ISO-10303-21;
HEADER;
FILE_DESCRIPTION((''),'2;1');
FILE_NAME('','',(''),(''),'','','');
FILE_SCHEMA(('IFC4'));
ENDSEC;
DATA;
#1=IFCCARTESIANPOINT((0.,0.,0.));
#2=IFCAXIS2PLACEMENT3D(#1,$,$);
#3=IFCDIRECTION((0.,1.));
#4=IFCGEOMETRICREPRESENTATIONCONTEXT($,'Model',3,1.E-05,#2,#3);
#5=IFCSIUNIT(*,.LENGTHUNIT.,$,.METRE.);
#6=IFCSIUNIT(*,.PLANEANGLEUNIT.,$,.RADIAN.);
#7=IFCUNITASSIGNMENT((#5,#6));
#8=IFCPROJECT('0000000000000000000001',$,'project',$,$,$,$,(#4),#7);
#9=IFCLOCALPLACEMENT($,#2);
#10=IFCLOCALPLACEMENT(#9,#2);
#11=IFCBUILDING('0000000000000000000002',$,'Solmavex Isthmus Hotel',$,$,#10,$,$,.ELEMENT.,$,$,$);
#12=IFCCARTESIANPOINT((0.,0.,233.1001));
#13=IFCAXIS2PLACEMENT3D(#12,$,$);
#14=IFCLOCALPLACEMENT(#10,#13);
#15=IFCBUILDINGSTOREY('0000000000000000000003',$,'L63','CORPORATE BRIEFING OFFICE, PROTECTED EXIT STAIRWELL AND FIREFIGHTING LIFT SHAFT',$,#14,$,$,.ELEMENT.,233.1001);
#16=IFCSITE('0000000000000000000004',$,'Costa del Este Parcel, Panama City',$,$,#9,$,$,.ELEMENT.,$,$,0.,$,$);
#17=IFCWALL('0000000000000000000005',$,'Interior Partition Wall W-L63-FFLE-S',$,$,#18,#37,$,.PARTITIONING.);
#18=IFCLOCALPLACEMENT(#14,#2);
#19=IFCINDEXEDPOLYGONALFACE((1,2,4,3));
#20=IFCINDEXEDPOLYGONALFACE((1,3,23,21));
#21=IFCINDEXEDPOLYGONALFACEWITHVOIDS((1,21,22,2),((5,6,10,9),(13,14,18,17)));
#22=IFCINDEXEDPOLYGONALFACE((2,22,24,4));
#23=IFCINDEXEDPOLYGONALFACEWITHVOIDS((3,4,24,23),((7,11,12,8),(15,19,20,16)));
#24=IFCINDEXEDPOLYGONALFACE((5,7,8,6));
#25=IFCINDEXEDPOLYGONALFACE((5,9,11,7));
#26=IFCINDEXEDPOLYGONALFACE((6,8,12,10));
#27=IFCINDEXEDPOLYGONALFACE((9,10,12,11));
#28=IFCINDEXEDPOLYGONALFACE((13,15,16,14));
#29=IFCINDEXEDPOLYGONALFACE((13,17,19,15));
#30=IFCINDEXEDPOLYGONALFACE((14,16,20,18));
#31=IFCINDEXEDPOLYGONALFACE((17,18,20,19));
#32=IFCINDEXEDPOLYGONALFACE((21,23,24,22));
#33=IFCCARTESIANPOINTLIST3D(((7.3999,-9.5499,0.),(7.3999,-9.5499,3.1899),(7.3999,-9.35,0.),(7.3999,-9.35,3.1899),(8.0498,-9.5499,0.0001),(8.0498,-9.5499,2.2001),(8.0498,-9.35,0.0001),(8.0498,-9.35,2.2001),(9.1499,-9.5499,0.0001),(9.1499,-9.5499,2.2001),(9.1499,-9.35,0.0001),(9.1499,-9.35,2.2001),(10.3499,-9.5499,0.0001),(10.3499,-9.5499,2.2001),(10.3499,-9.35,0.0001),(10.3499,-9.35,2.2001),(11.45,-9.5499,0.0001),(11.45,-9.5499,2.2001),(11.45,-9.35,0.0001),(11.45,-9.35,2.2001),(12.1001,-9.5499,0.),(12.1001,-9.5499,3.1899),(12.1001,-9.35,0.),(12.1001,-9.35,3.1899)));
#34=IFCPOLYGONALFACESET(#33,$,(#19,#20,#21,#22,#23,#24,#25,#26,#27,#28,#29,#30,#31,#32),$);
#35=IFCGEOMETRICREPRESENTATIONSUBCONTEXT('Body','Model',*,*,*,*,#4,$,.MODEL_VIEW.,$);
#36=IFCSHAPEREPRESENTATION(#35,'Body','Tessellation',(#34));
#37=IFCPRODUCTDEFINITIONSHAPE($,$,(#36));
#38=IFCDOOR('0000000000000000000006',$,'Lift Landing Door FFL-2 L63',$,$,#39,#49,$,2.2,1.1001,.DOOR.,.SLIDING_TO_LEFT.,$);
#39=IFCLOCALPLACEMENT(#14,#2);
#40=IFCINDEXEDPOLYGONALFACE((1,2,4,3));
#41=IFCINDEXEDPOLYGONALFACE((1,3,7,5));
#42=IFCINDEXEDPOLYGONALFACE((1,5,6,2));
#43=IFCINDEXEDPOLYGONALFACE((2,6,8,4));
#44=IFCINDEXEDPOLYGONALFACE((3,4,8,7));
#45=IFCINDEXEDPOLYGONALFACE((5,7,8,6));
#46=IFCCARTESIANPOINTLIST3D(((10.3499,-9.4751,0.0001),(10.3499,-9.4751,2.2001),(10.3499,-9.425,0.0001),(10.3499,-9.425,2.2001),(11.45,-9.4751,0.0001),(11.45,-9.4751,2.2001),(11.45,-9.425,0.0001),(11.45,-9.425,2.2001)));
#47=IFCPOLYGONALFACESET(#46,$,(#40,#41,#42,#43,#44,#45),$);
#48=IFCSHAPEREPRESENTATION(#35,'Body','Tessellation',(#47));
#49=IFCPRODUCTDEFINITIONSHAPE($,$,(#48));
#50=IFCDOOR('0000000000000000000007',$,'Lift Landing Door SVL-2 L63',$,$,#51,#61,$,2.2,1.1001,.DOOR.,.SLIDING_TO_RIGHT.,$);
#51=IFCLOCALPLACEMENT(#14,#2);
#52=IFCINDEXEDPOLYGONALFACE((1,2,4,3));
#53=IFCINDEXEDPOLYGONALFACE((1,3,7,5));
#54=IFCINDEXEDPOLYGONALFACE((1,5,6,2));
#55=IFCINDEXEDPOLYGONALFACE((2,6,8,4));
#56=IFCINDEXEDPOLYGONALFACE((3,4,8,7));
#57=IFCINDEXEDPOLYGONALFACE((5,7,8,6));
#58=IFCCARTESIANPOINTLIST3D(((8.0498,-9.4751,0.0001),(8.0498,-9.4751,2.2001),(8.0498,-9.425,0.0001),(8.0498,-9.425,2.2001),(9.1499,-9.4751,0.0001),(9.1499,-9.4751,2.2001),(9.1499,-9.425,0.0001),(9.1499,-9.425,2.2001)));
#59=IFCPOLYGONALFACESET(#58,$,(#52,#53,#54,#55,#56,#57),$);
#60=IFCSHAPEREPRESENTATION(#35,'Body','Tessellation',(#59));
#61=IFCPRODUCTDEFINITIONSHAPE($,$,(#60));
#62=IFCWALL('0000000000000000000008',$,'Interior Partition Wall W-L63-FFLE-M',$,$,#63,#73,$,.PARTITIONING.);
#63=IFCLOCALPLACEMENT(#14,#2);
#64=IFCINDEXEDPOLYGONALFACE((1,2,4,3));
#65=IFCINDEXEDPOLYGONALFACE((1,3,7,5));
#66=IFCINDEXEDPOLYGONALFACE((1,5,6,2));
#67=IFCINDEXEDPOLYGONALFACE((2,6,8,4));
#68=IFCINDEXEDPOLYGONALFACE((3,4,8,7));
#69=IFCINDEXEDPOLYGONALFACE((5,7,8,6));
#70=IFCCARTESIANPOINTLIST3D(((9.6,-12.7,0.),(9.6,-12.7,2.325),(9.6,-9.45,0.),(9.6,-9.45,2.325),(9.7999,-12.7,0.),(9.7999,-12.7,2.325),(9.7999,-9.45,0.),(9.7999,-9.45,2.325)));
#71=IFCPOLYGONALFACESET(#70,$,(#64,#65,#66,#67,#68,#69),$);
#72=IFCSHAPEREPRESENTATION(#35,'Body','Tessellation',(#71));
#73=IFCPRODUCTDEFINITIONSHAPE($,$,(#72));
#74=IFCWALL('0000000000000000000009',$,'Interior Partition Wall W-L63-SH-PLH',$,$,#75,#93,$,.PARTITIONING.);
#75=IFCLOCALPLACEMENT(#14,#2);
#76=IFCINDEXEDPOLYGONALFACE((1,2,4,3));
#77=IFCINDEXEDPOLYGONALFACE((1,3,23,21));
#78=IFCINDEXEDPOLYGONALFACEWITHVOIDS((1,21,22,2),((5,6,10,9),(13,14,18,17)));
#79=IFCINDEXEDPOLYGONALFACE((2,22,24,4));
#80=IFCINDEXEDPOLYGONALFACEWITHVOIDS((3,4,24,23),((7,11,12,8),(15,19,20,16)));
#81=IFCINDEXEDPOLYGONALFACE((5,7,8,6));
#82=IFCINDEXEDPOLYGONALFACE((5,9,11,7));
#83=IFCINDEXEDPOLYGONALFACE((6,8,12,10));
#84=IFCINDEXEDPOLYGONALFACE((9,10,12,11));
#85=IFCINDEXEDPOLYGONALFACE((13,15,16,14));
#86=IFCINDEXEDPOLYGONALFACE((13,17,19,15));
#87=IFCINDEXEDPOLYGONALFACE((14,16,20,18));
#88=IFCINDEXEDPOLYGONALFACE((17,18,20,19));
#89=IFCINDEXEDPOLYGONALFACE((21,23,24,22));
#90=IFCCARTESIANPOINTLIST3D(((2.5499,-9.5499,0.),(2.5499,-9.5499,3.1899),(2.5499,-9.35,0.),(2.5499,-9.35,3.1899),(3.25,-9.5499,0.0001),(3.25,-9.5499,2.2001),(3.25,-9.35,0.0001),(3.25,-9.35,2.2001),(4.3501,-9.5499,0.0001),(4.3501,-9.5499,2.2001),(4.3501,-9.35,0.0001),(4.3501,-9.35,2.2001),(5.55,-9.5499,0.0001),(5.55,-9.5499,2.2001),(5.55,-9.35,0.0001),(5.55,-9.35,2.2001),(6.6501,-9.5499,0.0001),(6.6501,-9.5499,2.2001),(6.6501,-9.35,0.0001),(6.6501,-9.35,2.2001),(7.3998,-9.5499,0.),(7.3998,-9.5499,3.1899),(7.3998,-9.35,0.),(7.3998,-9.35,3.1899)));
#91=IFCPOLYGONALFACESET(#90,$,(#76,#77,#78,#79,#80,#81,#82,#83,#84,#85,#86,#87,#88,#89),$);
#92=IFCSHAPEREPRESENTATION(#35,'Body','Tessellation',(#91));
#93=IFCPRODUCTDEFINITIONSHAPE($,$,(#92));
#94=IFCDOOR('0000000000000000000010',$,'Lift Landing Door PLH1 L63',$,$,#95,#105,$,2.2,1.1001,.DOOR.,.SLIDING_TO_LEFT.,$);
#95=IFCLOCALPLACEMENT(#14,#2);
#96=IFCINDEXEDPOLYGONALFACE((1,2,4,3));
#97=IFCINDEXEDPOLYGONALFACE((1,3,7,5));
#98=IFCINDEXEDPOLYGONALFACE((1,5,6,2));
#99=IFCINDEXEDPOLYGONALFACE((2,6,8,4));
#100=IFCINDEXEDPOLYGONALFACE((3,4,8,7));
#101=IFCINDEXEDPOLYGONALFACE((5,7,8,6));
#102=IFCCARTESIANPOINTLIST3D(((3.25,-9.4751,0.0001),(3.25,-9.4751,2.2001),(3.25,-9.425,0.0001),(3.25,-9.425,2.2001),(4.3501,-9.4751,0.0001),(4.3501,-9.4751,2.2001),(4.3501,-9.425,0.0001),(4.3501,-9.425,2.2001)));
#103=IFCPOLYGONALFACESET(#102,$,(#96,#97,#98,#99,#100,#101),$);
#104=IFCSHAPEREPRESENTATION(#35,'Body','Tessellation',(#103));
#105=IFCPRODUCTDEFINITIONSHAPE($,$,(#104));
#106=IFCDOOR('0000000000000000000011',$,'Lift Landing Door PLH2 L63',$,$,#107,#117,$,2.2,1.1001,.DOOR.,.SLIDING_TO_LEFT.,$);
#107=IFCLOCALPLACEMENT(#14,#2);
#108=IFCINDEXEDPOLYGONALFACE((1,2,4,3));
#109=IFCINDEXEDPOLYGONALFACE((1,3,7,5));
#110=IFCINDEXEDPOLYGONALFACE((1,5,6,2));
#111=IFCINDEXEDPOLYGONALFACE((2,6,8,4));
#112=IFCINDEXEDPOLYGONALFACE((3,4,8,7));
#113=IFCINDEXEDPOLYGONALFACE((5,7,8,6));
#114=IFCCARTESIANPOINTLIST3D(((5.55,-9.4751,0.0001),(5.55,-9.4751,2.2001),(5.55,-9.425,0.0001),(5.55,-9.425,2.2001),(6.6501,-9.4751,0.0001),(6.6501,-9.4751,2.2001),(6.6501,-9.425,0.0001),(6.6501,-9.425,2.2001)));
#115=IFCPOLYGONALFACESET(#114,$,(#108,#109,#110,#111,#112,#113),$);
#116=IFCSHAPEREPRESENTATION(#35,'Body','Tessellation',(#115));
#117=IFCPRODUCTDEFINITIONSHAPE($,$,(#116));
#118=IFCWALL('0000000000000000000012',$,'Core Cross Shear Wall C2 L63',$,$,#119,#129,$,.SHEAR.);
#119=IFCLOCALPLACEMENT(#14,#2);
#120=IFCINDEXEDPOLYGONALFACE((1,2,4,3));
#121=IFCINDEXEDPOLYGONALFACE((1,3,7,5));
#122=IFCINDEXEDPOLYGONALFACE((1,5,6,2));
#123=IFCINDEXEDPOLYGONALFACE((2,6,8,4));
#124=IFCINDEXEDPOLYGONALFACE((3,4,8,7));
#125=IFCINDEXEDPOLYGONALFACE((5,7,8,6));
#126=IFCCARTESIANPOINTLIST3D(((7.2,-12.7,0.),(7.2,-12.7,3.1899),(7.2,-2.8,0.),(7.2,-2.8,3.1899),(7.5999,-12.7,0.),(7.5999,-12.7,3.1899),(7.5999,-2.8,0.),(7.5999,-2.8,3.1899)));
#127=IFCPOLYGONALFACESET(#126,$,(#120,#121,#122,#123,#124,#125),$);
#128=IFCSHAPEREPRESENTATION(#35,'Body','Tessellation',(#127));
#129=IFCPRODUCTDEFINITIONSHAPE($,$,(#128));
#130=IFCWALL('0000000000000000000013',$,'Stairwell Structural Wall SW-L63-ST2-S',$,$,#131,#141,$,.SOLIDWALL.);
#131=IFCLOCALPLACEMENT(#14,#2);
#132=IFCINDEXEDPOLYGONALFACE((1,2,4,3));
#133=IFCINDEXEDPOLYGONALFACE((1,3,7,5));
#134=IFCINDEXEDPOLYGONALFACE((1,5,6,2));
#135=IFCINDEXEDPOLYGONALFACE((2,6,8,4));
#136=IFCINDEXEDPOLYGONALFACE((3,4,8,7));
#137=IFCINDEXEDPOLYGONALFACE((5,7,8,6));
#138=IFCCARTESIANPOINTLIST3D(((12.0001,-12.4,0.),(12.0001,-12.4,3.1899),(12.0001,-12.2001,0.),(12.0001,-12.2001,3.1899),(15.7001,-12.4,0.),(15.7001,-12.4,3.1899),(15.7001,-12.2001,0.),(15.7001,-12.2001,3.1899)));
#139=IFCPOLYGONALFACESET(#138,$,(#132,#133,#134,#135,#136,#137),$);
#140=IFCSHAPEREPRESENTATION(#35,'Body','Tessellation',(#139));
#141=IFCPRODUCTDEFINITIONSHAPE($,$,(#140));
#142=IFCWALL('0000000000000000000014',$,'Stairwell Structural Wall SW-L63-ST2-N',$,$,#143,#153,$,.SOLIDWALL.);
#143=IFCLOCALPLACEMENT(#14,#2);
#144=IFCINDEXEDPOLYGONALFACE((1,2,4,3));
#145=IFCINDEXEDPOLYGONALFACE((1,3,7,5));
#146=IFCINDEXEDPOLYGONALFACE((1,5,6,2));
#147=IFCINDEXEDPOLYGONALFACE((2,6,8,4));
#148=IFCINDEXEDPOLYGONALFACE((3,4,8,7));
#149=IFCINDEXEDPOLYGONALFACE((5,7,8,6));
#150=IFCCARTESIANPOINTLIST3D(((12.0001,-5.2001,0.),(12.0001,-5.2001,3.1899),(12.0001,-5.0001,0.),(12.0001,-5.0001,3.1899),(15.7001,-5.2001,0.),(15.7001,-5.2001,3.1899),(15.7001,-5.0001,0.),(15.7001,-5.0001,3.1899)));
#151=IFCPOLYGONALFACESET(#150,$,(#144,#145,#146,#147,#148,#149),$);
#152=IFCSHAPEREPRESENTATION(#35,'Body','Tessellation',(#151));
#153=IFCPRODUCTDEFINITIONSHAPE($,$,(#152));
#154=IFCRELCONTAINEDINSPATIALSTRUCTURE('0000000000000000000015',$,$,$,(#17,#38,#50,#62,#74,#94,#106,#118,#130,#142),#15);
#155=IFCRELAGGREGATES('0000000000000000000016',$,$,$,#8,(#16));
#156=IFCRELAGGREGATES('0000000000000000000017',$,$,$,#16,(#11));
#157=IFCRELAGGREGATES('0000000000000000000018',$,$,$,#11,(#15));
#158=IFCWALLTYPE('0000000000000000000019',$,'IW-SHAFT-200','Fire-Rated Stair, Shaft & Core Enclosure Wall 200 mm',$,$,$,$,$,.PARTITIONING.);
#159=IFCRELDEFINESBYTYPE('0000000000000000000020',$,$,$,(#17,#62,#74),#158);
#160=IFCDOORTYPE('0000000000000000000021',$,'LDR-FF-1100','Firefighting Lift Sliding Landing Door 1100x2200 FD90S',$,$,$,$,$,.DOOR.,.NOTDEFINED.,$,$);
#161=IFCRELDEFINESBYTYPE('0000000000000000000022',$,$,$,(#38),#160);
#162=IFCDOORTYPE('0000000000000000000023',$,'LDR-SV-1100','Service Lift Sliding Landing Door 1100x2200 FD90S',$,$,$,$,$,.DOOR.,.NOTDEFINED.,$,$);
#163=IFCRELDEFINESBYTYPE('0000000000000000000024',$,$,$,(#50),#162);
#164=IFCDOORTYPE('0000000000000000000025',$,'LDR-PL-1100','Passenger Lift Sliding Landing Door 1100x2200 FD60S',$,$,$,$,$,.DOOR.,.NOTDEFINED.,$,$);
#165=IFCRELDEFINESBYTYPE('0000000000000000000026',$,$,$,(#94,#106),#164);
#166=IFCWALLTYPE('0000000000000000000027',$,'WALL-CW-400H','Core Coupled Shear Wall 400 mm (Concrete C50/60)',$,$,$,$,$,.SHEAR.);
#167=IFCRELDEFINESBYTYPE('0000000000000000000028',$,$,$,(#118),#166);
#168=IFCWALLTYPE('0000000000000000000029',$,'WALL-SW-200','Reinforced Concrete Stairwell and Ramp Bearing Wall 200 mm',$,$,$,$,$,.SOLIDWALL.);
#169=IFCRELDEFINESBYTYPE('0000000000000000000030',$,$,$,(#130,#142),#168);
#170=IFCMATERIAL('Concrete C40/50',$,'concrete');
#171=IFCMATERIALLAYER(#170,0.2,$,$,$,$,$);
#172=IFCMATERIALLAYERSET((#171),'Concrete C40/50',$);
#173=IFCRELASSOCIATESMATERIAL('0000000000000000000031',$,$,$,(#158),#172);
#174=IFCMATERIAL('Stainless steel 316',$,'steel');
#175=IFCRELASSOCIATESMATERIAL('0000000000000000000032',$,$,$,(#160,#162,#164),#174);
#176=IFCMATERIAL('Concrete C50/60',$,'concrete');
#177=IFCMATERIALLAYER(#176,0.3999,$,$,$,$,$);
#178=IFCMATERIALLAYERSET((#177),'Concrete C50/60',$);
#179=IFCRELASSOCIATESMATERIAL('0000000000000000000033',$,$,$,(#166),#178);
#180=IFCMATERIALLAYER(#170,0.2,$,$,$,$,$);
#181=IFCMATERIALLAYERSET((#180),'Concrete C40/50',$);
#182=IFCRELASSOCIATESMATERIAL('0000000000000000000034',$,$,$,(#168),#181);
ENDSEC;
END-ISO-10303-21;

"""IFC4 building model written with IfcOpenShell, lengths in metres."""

from ifc_helpers import new_model, si_unit, direction, frame, frame_2d, origin, place, context, subcontext, project, spatial, rectangle, extrude, material, layer, layer_set, type_object, element, fill, save


model = new_model("IFC4")

# Units and contexts
model_context = context("Model", 3, precision=1e-05, world=origin(), true_north=direction((0.0, 1.0)))
body_context = subcontext(model_context, "Body", "Model", "MODEL_VIEW")
ifc_project = project(units=[si_unit("LENGTHUNIT", "METRE"), si_unit("PLANEANGLEUNIT", "RADIAN")], contexts=[model_context])

# Site, building, storey
site_placement = place(None, origin())
site = spatial("IfcSite", under=ifc_project, at=site_placement, Name="Costa del Este Parcel, Panama City", CompositionType="ELEMENT", RefElevation=0.0)
building_placement = place(site_placement, origin())
building = spatial("IfcBuilding", under=site, at=building_placement, Name="Solmavex Isthmus Hotel", CompositionType="ELEMENT")
storey_placement = place(building_placement, frame((0.0, 0.0, 233.1001)))
storey = spatial("IfcBuildingStorey", under=building, at=storey_placement, Name="L63", Description="CORPORATE BRIEFING OFFICE, PROTECTED EXIT STAIRWELL AND FIREFIGHTING LIFT SHAFT", CompositionType="ELEMENT", Elevation=233.1001)

# Shared definitions
ifc_material_1 = material(Name="Concrete C50/60", Category="concrete")

# Shared definitions
ifc_material_2 = material(Name="Concrete C40/50", Category="concrete")

# Shared definitions
ifc_layer_1 = layer(ifc_material_2, 0.2)
ifc_layer_set_1 = layer_set([ifc_layer_1], Name="Concrete C40/50")
wall_type_1 = type_object("IfcWallType", Name="IW-SHAFT-200", Description="Fire-Rated Stair, Shaft & Core Enclosure Wall 200 mm", PredefinedType="PARTITIONING", material=ifc_layer_set_1)

# Wall, openings, doors
wall_1_placement = place(storey_placement, frame((7.3999, -9.45, 0.0), z_axis=(0.0, 0.0, 1.0), x_axis=(1.0, 0.0, 0.0)))
wall_1 = element("IfcWall", 1, at=wall_1_placement, inside=storey, type_object=wall_type_1, Name="Interior Partition Wall W-L63-FFLE-S", PredefinedType="PARTITIONING", context=body_context, shape_type="SweptSolid", body=[
    extrude(rectangle(XDim=4.7002, YDim=0.2, at=frame_2d((2.3501, 0.0))), origin(), (0.0, 0.0, 1.0), 3.1899),
])
opening_1_placement = place(wall_1_placement, frame((2.95, 0.0, 0.0)))
opening_1 = element("IfcOpeningElement", 2, at=opening_1_placement, cuts=wall_1, PredefinedType="OPENING", context=body_context, shape_type="SweptSolid", body=[
    extrude(rectangle(XDim=1.1001, YDim=2.2, at=frame_2d((0.55, 1.1001))), frame((0.0, 0.1099, 0.0), z_axis=(0.0, -1.0, 0.0), x_axis=(1.0, 0.0, 0.0)), (0.0, 0.0, 1.0), 0.22),
])
opening_2_placement = place(wall_1_placement, frame((0.6499, 0.0, 0.0)))
opening_2 = element("IfcOpeningElement", 3, at=opening_2_placement, cuts=wall_1, PredefinedType="OPENING", context=body_context, shape_type="SweptSolid", body=[
    extrude(rectangle(XDim=1.1001, YDim=2.2, at=frame_2d((0.55, 1.1001))), frame((0.0, 0.1099, 0.0), z_axis=(0.0, -1.0, 0.0), x_axis=(1.0, 0.0, 0.0)), (0.0, 0.0, 1.0), 0.22),
])
ifc_material_3 = material(Name="Stainless steel 316", Category="steel")
door_type_1 = type_object("IfcDoorType", Name="LDR-FF-1100", Description="Firefighting Lift Sliding Landing Door 1100x2200 FD90S", OperationType="NOTDEFINED", PredefinedType="DOOR", material=ifc_material_3)
door_1_placement = place(opening_1_placement, origin())
door_1 = element("IfcDoor", 4, at=door_1_placement, inside=storey, type_object=door_type_1, Name="Lift Landing Door FFL-2 L63", OperationType="SLIDING_TO_LEFT", OverallHeight=2.2, OverallWidth=1.1001, PredefinedType="DOOR", context=body_context, shape_type="SweptSolid", body=[
    extrude(rectangle(XDim=1.1001, YDim=2.2, at=frame_2d((0.55, 1.1001))), frame((0.0, 0.0249, 0.0), z_axis=(0.0, -1.0, 0.0), x_axis=(1.0, 0.0, 0.0)), (0.0, 0.0, 1.0), 0.05),
])
fill(opening_1, door_1)
door_type_2 = type_object("IfcDoorType", Name="LDR-SV-1100", Description="Service Lift Sliding Landing Door 1100x2200 FD90S", OperationType="NOTDEFINED", PredefinedType="DOOR", material=ifc_material_3)
door_2_placement = place(opening_2_placement, origin())
door_2 = element("IfcDoor", 5, at=door_2_placement, inside=storey, type_object=door_type_2, Name="Lift Landing Door SVL-2 L63", OperationType="SLIDING_TO_RIGHT", OverallHeight=2.2, OverallWidth=1.1001, PredefinedType="DOOR", context=body_context, shape_type="SweptSolid", body=[
    extrude(rectangle(XDim=1.1001, YDim=2.2, at=frame_2d((0.55, 1.1001))), frame((0.0, 0.0249, 0.0), z_axis=(0.0, -1.0, 0.0), x_axis=(1.0, 0.0, 0.0)), (0.0, 0.0, 1.0), 0.05),
])
fill(opening_2, door_2)

# Wall
wall_2_placement = place(storey_placement, frame((9.7, -12.7, 0.0), z_axis=(0.0, 0.0, 1.0), x_axis=(0.0, 1.0, 0.0)))
element("IfcWall", 6, at=wall_2_placement, inside=storey, type_object=wall_type_1, Name="Interior Partition Wall W-L63-FFLE-M", PredefinedType="PARTITIONING", context=body_context, shape_type="SweptSolid", body=[
    extrude(rectangle(XDim=3.25, YDim=0.2, at=frame_2d((1.625, 0.0))), origin(), (0.0, 0.0, 1.0), 2.325),
])

# Wall, openings, doors
wall_3_placement = place(storey_placement, frame((2.55, -9.45, 0.0), z_axis=(0.0, 0.0, 1.0), x_axis=(1.0, 0.0, 0.0)))
wall_3 = element("IfcWall", 7, at=wall_3_placement, inside=storey, type_object=wall_type_1, Name="Interior Partition Wall W-L63-SH-PLH", PredefinedType="PARTITIONING", context=body_context, shape_type="SweptSolid", body=[
    extrude(rectangle(XDim=4.8499, YDim=0.2, at=frame_2d((2.4248, 0.0))), origin(), (0.0, 0.0, 1.0), 3.1899),
])
opening_3_placement = place(wall_3_placement, frame((0.7, 0.0, 0.0)))
opening_3 = element("IfcOpeningElement", 8, at=opening_3_placement, cuts=wall_3, PredefinedType="OPENING", context=body_context, shape_type="SweptSolid", body=[
    extrude(rectangle(XDim=1.1001, YDim=2.2, at=frame_2d((0.55, 1.1001))), frame((0.0, 0.1099, 0.0), z_axis=(0.0, -1.0, 0.0), x_axis=(1.0, 0.0, 0.0)), (0.0, 0.0, 1.0), 0.22),
])
opening_4_placement = place(wall_3_placement, frame((3.0, 0.0, 0.0)))
opening_4 = element("IfcOpeningElement", 9, at=opening_4_placement, cuts=wall_3, PredefinedType="OPENING", context=body_context, shape_type="SweptSolid", body=[
    extrude(rectangle(XDim=1.1001, YDim=2.2, at=frame_2d((0.55, 1.1001))), frame((0.0, 0.1099, 0.0), z_axis=(0.0, -1.0, 0.0), x_axis=(1.0, 0.0, 0.0)), (0.0, 0.0, 1.0), 0.22),
])
door_type_3 = type_object("IfcDoorType", Name="LDR-PL-1100", Description="Passenger Lift Sliding Landing Door 1100x2200 FD60S", OperationType="NOTDEFINED", PredefinedType="DOOR", material=ifc_material_3)
door_3_placement = place(opening_3_placement, origin())
door_3 = element("IfcDoor", 10, at=door_3_placement, inside=storey, type_object=door_type_3, Name="Lift Landing Door PLH1 L63", OperationType="SLIDING_TO_LEFT", OverallHeight=2.2, OverallWidth=1.1001, PredefinedType="DOOR", context=body_context, shape_type="SweptSolid", body=[
    extrude(rectangle(XDim=1.1001, YDim=2.2, at=frame_2d((0.55, 1.1001))), frame((0.0, 0.0249, 0.0), z_axis=(0.0, -1.0, 0.0), x_axis=(1.0, 0.0, 0.0)), (0.0, 0.0, 1.0), 0.05),
])
fill(opening_3, door_3)
door_4_placement = place(opening_4_placement, origin())
door_4 = element("IfcDoor", 11, at=door_4_placement, inside=storey, type_object=door_type_3, Name="Lift Landing Door PLH2 L63", OperationType="SLIDING_TO_LEFT", OverallHeight=2.2, OverallWidth=1.1001, PredefinedType="DOOR", context=body_context, shape_type="SweptSolid", body=[
    extrude(rectangle(XDim=1.1001, YDim=2.2, at=frame_2d((0.55, 1.1001))), frame((0.0, 0.0249, 0.0), z_axis=(0.0, -1.0, 0.0), x_axis=(1.0, 0.0, 0.0)), (0.0, 0.0, 1.0), 0.05),
])
fill(opening_4, door_4)

# Walls
ifc_layer_2 = layer(ifc_material_1, 0.3999)
ifc_layer_set_2 = layer_set([ifc_layer_2], Name="Concrete C50/60")
wall_type_2 = type_object("IfcWallType", Name="WALL-CW-400H", Description="Core Coupled Shear Wall 400 mm (Concrete C50/60)", PredefinedType="SHEAR", material=ifc_layer_set_2)
wall_4_placement = place(storey_placement, frame((7.3999, -12.7, 0.0), z_axis=(0.0, 0.0, 1.0), x_axis=(0.0, 1.0, 0.0)))
element("IfcWall", 12, at=wall_4_placement, inside=storey, type_object=wall_type_2, Name="Core Cross Shear Wall C2 L63", PredefinedType="SHEAR", context=body_context, shape_type="SweptSolid", body=[
    extrude(rectangle(XDim=9.8999, YDim=0.3999, at=frame_2d((4.95, 0.0))), origin(), (0.0, 0.0, 1.0), 3.1899),
])
ifc_layer_3 = layer(ifc_material_2, 0.2)
ifc_layer_set_3 = layer_set([ifc_layer_3], Name="Concrete C40/50")
wall_type_3 = type_object("IfcWallType", Name="WALL-SW-200", Description="Reinforced Concrete Stairwell and Ramp Bearing Wall 200 mm", PredefinedType="SOLIDWALL", material=ifc_layer_set_3)
for number, where, z_axis, x_axis, name in (
    (13, (12.0, -12.3, 0.0), (0.0, 0.0, 1.0), (1.0, 0.0, 0.0), "Stairwell Structural Wall SW-L63-ST2-S"),
    (14, (12.0, -5.1001, 0.0), (0.0, 0.0, 1.0), (1.0, 0.0, 0.0), "Stairwell Structural Wall SW-L63-ST2-N"),
):
    element("IfcWall", number, at=place(storey_placement, frame(where, z_axis=z_axis, x_axis=x_axis)), inside=storey, type_object=wall_type_3, Name=name, PredefinedType="SOLIDWALL", context=body_context, shape_type="SweptSolid", body=[
        extrude(rectangle(XDim=3.7, YDim=0.2, at=frame_2d((1.8501, 0.0))), origin(), (0.0, 0.0, 1.0), 3.1899),
    ])

save(model, "model.ifc")
